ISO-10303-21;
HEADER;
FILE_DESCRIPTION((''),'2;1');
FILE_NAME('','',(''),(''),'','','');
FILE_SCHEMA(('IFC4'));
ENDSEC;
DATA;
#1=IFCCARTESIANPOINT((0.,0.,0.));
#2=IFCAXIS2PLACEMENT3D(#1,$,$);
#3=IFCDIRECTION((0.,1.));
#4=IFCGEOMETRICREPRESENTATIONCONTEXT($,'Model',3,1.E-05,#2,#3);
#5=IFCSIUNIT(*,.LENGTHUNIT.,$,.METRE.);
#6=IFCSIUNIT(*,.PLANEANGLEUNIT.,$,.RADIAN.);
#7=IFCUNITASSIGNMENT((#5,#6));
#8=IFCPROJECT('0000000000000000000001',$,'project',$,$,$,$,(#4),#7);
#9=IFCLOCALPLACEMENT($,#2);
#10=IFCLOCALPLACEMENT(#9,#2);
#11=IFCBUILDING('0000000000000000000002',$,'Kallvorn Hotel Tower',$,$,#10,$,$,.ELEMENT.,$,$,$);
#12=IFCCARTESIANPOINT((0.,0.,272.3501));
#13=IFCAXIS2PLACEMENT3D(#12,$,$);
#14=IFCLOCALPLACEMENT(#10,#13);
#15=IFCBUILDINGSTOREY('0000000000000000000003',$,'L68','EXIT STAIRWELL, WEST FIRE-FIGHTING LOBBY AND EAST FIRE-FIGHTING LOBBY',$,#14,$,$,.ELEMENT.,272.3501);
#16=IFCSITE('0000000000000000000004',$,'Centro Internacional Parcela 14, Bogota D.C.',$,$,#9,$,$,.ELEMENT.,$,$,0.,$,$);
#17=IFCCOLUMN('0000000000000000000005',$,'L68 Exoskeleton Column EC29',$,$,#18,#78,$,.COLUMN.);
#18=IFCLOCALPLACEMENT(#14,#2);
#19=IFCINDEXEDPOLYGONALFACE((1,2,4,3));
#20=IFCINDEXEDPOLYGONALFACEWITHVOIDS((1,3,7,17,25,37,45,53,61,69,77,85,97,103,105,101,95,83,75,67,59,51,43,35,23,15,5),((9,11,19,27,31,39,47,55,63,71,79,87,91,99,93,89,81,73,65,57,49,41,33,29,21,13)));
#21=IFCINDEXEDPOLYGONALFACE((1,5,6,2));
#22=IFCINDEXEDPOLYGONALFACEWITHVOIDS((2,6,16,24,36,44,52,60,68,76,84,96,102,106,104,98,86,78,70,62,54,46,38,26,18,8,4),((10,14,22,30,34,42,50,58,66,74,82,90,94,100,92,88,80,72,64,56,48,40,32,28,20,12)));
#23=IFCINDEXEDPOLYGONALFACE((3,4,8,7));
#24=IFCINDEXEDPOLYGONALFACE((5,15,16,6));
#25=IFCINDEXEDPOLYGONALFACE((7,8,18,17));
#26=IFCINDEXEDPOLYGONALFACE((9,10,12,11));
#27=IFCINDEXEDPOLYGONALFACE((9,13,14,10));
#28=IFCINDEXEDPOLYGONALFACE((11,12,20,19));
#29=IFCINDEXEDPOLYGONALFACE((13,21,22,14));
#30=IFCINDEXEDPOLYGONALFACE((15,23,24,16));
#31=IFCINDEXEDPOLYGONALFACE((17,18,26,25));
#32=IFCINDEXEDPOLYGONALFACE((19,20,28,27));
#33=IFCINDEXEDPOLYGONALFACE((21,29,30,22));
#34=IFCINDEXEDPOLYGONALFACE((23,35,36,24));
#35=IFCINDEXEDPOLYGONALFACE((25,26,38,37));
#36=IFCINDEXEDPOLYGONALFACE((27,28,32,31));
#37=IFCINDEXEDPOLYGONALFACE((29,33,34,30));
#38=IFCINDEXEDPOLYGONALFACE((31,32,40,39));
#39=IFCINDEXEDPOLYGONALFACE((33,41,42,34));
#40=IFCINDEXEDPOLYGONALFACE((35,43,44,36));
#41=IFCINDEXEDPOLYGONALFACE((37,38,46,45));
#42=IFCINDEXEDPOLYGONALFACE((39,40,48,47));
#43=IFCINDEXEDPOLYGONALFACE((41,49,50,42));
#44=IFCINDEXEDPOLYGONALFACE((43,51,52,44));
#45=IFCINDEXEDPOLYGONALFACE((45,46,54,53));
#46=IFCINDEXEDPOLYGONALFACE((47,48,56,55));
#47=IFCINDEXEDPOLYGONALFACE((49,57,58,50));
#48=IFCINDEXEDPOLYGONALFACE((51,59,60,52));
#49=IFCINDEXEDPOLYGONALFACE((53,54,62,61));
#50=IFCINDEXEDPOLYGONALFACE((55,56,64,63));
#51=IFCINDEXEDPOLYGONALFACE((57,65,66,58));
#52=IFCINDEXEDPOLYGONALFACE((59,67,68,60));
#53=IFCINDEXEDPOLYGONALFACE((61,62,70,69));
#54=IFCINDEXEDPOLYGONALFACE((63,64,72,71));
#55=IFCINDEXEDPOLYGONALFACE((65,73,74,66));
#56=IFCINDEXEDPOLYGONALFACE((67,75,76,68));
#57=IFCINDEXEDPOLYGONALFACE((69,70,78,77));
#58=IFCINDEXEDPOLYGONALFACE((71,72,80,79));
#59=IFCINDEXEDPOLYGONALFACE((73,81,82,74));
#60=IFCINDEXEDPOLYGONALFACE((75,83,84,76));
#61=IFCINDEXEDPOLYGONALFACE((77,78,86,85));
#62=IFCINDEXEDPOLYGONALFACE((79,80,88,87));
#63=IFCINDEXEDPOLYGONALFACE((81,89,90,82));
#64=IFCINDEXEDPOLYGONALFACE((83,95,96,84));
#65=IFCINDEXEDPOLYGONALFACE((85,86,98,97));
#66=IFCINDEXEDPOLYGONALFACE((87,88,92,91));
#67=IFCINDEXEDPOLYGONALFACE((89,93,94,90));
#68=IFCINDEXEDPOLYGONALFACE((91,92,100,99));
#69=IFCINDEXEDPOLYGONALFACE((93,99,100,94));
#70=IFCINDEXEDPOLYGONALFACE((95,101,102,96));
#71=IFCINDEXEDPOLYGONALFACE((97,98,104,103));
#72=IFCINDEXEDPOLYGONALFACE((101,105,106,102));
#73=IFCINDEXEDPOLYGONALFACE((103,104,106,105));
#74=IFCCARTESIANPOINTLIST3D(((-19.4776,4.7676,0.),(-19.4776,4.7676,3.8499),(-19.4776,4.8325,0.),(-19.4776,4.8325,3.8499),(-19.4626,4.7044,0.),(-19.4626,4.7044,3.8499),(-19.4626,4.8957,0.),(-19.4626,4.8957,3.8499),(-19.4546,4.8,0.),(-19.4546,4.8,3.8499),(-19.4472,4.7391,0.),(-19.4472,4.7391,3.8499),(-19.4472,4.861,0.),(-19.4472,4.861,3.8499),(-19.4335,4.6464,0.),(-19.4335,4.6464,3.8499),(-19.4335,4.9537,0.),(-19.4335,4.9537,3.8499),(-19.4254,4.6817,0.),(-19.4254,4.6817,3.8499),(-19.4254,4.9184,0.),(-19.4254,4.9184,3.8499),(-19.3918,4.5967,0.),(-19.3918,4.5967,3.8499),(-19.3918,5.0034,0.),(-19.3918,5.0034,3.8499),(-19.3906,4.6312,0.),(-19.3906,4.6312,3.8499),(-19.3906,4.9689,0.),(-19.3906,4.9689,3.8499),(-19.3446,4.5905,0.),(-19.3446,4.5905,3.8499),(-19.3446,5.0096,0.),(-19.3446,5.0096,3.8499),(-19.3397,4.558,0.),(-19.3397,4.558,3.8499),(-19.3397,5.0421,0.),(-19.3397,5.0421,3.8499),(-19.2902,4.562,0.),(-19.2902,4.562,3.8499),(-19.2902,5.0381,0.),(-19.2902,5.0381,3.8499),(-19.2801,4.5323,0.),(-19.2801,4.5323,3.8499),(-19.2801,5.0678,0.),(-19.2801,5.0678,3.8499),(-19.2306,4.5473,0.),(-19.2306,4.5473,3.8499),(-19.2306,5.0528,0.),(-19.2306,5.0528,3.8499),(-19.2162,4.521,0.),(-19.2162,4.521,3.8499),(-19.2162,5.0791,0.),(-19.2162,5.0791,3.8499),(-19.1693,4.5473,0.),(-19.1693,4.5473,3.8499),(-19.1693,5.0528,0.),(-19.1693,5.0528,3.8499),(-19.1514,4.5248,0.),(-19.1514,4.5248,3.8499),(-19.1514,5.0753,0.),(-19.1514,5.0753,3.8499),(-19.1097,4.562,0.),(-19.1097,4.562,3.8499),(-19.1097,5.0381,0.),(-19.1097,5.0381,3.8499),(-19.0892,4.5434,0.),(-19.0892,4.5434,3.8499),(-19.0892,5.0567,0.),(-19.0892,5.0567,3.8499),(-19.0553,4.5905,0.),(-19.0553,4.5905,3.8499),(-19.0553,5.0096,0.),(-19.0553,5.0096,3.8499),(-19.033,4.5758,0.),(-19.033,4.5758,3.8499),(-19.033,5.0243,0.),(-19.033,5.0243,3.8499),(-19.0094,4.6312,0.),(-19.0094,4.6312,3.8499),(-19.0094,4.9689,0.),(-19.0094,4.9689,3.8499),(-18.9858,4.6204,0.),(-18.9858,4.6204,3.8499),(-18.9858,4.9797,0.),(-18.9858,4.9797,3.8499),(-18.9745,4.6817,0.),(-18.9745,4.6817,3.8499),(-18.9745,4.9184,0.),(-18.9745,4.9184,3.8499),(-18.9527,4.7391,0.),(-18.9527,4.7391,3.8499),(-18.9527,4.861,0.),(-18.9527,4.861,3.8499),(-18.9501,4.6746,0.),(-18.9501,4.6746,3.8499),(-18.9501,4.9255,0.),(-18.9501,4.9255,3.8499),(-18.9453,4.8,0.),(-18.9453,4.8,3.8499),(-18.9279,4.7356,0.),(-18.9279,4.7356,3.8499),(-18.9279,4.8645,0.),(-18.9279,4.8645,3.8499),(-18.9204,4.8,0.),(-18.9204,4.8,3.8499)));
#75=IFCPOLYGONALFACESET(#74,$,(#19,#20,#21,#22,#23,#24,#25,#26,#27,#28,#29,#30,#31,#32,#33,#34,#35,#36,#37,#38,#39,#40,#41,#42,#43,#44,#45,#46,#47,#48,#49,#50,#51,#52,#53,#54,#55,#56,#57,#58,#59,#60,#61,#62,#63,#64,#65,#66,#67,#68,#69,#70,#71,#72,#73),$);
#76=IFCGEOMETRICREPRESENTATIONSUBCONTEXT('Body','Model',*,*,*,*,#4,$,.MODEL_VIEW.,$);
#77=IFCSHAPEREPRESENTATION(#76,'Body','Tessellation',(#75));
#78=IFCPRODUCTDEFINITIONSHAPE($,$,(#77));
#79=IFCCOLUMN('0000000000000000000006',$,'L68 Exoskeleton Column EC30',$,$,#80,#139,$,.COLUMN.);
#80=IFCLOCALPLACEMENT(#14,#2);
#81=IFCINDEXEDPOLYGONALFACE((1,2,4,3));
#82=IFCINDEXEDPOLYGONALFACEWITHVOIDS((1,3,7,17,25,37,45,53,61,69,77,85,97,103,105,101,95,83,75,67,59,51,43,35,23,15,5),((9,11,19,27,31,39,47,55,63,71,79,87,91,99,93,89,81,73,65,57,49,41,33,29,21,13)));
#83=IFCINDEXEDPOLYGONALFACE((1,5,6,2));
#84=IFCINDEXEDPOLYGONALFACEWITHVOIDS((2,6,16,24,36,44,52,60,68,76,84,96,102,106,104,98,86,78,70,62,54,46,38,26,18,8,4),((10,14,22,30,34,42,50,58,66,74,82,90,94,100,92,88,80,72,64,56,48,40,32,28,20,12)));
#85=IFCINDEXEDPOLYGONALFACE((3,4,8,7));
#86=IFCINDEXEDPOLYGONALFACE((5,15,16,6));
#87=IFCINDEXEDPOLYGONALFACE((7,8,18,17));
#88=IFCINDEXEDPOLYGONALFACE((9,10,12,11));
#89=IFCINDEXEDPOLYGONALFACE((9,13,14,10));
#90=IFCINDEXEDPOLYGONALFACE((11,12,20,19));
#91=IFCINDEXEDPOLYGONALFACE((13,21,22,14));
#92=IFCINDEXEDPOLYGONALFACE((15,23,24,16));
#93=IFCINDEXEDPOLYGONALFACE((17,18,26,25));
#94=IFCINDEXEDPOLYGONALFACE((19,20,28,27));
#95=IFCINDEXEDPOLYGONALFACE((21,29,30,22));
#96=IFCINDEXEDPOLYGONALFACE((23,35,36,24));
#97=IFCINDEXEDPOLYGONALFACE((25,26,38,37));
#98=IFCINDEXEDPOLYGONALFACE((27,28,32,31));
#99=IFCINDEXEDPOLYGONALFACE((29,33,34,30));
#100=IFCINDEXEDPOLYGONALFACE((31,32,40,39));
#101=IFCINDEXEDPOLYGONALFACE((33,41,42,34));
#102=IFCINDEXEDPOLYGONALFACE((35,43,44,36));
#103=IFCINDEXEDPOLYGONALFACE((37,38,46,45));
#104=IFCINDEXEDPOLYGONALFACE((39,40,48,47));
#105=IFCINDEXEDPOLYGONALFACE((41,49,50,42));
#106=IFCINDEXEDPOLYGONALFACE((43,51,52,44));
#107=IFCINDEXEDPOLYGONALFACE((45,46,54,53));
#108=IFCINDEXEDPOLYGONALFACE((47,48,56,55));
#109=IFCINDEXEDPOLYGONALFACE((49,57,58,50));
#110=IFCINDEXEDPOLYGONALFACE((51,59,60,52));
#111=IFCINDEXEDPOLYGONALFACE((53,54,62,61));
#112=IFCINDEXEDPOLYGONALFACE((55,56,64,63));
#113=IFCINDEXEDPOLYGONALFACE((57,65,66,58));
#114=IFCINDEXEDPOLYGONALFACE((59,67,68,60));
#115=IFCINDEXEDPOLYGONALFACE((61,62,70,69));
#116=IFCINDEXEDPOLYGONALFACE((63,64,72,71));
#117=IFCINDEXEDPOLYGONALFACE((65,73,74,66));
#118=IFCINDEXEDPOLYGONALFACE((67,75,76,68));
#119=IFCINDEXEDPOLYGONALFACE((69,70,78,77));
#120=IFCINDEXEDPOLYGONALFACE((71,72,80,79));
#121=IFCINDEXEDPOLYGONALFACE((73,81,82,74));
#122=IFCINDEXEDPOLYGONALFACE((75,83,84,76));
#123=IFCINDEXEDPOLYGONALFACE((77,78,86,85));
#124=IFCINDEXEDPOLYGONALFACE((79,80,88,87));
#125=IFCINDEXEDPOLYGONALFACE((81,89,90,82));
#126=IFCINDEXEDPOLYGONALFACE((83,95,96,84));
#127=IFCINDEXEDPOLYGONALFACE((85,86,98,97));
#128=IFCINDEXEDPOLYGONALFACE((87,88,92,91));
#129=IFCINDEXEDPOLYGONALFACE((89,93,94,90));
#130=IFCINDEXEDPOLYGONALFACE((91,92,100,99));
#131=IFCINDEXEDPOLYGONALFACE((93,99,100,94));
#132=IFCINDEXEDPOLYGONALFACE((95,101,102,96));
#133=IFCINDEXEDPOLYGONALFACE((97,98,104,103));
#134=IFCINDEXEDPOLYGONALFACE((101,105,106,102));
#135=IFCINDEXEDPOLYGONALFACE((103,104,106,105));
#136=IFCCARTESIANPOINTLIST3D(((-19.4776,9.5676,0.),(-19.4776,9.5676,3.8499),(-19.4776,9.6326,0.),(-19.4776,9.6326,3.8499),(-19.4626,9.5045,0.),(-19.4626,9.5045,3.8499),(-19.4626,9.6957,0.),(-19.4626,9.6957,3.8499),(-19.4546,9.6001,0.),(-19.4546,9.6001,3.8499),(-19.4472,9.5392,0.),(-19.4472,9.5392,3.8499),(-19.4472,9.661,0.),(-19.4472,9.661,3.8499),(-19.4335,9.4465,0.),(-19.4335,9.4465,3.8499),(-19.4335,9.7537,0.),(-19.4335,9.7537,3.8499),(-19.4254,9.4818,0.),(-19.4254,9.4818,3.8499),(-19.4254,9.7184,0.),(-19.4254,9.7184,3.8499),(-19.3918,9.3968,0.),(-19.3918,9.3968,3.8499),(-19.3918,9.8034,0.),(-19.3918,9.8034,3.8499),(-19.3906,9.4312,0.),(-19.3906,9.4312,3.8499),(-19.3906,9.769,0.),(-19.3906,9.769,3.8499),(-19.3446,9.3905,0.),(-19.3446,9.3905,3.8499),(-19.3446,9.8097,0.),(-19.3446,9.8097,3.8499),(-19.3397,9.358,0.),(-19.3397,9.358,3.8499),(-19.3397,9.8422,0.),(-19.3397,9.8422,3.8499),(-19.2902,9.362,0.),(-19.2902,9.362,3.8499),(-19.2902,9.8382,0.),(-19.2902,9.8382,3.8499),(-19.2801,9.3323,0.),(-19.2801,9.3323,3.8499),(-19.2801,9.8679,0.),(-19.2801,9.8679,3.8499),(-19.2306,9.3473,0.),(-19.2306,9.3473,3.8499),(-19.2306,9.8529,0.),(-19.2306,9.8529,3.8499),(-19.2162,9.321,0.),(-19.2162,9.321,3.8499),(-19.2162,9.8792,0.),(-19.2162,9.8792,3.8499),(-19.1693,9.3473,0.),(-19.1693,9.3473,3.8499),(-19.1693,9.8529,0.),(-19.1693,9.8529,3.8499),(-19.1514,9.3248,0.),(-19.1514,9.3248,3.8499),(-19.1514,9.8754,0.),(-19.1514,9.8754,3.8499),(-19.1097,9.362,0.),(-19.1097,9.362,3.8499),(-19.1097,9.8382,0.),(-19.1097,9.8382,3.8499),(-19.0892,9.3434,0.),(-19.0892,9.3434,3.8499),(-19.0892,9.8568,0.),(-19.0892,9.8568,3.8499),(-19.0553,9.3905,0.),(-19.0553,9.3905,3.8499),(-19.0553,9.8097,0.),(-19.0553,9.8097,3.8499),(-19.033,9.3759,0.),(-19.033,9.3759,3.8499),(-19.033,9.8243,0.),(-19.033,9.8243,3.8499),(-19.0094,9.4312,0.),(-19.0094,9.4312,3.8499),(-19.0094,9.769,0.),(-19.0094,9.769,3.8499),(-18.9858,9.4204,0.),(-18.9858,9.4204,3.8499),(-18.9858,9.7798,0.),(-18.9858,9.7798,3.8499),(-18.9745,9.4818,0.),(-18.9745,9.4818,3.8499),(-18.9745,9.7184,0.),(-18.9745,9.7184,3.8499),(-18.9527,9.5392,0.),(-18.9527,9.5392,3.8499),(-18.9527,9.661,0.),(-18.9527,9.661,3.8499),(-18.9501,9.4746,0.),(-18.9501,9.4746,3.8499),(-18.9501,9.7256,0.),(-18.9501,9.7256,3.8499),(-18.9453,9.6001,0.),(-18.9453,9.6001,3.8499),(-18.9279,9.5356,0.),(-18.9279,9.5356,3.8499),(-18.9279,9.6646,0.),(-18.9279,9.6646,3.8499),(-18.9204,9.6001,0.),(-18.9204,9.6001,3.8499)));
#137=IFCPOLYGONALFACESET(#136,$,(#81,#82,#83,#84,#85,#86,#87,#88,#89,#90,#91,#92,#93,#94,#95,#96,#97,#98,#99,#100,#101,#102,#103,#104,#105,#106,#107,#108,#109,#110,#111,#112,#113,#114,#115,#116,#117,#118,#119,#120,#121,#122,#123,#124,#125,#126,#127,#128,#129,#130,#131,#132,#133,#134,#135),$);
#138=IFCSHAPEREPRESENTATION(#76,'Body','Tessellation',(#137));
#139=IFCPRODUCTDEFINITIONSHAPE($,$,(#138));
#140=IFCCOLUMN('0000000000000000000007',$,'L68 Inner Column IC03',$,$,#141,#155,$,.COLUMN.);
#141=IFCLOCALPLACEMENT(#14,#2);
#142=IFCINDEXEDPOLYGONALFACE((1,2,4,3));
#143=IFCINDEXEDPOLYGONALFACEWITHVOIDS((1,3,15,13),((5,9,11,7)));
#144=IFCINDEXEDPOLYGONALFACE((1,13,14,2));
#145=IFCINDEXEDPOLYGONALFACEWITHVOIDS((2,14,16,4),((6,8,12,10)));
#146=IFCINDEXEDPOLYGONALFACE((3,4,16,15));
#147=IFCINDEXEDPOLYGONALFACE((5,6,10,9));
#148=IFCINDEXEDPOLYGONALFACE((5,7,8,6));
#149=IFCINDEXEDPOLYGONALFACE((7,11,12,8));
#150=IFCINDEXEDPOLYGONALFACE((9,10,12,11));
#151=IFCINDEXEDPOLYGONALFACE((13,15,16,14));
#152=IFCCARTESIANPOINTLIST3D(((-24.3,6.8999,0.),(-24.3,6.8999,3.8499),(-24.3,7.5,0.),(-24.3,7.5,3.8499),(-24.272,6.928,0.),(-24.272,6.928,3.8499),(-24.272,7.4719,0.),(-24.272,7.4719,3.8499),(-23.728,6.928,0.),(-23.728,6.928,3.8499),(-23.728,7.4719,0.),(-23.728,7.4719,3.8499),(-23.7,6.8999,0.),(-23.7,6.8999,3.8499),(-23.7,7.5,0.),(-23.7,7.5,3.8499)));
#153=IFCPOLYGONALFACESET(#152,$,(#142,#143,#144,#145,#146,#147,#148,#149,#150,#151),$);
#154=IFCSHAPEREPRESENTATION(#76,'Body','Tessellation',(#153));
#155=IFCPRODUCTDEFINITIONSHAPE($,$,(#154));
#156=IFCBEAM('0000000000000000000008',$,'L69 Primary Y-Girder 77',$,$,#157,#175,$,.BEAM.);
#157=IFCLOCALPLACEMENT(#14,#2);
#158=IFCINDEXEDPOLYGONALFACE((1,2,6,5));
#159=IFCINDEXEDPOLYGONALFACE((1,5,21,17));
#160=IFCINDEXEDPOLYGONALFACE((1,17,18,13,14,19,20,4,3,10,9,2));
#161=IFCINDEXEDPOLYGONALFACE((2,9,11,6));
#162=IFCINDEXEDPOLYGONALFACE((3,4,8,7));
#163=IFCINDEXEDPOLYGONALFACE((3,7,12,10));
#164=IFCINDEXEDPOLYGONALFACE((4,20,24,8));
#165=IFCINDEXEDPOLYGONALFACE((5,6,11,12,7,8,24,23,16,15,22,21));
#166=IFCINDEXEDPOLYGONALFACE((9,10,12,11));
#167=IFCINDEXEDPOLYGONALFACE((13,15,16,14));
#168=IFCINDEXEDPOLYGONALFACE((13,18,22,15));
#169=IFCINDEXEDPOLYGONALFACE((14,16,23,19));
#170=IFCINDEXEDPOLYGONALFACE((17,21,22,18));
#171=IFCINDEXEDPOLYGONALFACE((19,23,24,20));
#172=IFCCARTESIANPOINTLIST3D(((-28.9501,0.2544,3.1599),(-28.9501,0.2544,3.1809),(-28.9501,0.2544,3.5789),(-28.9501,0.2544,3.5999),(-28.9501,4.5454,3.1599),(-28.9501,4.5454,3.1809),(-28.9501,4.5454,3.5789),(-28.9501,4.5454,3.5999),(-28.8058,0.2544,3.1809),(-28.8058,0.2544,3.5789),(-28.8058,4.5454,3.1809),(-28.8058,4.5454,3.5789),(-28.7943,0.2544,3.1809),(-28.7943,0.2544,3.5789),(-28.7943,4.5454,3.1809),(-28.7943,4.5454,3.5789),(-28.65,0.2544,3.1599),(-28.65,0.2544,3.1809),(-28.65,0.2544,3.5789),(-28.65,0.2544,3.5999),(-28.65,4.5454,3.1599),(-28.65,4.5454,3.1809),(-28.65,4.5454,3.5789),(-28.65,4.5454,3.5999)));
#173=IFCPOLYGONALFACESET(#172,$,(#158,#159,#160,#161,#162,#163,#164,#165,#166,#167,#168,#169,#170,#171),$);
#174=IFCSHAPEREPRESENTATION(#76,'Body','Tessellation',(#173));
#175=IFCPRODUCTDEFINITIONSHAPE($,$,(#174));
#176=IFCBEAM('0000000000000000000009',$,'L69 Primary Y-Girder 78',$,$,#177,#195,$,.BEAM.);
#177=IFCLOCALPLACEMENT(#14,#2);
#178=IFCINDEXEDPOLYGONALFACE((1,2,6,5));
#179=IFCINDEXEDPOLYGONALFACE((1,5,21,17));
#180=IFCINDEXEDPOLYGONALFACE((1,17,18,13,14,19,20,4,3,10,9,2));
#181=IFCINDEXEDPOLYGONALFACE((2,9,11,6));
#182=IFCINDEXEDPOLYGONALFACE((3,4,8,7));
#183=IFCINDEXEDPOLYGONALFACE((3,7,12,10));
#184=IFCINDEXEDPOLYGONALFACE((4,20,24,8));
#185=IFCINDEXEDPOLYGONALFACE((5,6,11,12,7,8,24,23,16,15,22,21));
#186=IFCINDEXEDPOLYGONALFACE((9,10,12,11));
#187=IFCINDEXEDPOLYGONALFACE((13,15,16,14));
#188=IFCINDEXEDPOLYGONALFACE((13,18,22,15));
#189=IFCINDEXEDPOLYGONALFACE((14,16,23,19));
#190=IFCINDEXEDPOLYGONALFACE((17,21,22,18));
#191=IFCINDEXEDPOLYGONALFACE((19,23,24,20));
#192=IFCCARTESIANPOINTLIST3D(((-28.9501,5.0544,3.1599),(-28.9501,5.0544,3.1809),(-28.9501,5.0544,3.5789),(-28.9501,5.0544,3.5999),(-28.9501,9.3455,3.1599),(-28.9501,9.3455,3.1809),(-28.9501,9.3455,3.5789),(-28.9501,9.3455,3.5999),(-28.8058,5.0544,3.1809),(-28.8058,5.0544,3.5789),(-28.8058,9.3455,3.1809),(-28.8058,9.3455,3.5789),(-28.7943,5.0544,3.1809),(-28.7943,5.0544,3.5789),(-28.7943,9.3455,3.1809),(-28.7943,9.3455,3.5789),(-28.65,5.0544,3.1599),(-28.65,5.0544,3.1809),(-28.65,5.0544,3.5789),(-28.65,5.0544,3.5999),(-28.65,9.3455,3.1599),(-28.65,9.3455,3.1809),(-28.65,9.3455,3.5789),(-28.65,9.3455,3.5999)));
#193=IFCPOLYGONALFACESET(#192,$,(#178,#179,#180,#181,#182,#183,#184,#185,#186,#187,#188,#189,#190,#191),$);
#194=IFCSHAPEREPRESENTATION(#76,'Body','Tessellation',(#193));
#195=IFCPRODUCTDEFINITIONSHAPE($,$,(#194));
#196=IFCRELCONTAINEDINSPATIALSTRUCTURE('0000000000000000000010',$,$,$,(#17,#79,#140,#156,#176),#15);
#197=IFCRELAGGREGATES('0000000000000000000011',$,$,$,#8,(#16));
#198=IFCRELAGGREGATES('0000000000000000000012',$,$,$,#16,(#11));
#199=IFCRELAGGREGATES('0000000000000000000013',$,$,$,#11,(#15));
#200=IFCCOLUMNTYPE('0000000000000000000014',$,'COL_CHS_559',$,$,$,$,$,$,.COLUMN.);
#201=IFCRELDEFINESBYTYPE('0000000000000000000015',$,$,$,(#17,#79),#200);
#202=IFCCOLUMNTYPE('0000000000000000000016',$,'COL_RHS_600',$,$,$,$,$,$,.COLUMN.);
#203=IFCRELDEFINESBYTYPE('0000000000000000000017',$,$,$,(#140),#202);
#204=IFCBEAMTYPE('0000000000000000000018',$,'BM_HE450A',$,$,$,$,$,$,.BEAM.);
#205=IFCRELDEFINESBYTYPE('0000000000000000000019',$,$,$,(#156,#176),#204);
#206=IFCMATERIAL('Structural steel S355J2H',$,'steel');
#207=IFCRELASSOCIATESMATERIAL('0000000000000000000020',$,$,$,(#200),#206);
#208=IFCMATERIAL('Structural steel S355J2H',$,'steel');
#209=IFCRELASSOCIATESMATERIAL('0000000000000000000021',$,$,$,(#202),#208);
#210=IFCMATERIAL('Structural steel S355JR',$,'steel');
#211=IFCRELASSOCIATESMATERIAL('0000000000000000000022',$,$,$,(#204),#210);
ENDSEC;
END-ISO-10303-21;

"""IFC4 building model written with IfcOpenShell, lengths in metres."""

from ifc_helpers import new_model, si_unit, direction, frame, origin, origin_2d, place, context, subcontext, project, spatial, hollow_rectangle, hollow_circle, i_section, extrude, material, material_profile, profile_set, type_object, element, save


model = new_model("IFC4")

# Units and contexts
model_context = context("Model", 3, precision=1e-05, world=origin(), true_north=direction((0.0, 1.0)))
body_context = subcontext(model_context, "Body", "Model", "MODEL_VIEW")
ifc_project = project(units=[si_unit("LENGTHUNIT", "METRE"), si_unit("PLANEANGLEUNIT", "RADIAN")], contexts=[model_context])

# Site, building, storey
site_placement = place(None, origin())
site = spatial("IfcSite", under=ifc_project, at=site_placement, Name="Centro Internacional Parcela 14, Bogota D.C.", CompositionType="ELEMENT", RefElevation=0.0)
building_placement = place(site_placement, origin())
building = spatial("IfcBuilding", under=site, at=building_placement, Name="Kallvorn Hotel Tower", CompositionType="ELEMENT")
storey_placement = place(building_placement, frame((0.0, 0.0, 272.3501)))
storey = spatial("IfcBuildingStorey", under=building, at=storey_placement, Name="L68", Description="EXIT STAIRWELL, WEST FIRE-FIGHTING LOBBY AND EAST FIRE-FIGHTING LOBBY", CompositionType="ELEMENT", Elevation=272.3501)

# Columns
ifc_material_1 = material(Name="Structural steel S355J2H", Category="steel")
ifc_material_profile_1 = material_profile(ifc_material_1, hollow_circle(Radius=0.2795, WallThickness=0.0249, at=origin_2d()), Name="CHS 559x25")
ifc_profile_set_1 = profile_set([ifc_material_profile_1], Name="Structural steel S355J2H")
column_type_1 = type_object("IfcColumnType", Name="COL_CHS_559", PredefinedType="COLUMN", material=ifc_profile_set_1)
for number, where, z_axis, x_axis, name in (
    (1, (-19.2, 4.8, 0.0), (0.0, 0.0, 1.0), (1.0, 0.0, 0.0), "L68 Exoskeleton Column EC29"),
    (2, (-19.2, 9.6001, 0.0), (0.0, 0.0, 1.0), (1.0, 0.0, 0.0), "L68 Exoskeleton Column EC30"),
):
    element("IfcColumn", number, at=place(storey_placement, frame(where, z_axis=z_axis, x_axis=x_axis)), inside=storey, type_object=column_type_1, Name=name, PredefinedType="COLUMN", context=body_context, shape_type="SweptSolid", body=[
        extrude(hollow_circle(Radius=0.2795, WallThickness=0.0249, at=origin_2d()), origin(), (0.0, 0.0, 1.0), 3.8499),
    ])
ifc_material_2 = material(Name="Structural steel S355J2H", Category="steel")
ifc_material_profile_2 = material_profile(ifc_material_2, hollow_rectangle(XDim=0.6001, YDim=0.6001, WallThickness=0.0281, at=origin_2d()), Name="RHS 600x600x28")
ifc_profile_set_2 = profile_set([ifc_material_profile_2], Name="Structural steel S355J2H")
column_type_2 = type_object("IfcColumnType", Name="COL_RHS_600", PredefinedType="COLUMN", material=ifc_profile_set_2)
column_placement = place(storey_placement, frame((-24.0, 7.2, 0.0), z_axis=(0.0, 0.0, 1.0), x_axis=(1.0, 0.0, 0.0)))
element("IfcColumn", 3, at=column_placement, inside=storey, type_object=column_type_2, Name="L68 Inner Column IC03", PredefinedType="COLUMN", context=body_context, shape_type="SweptSolid", body=[
    extrude(hollow_rectangle(XDim=0.6001, YDim=0.6001, WallThickness=0.0281, at=origin_2d()), origin(), (0.0, 0.0, 1.0), 3.8499),
])

# Beams
ifc_material_3 = material(Name="Structural steel S355JR", Category="steel")
ifc_material_profile_3 = material_profile(ifc_material_3, i_section(OverallWidth=0.3, OverallDepth=0.4399, WebThickness=0.0115, FlangeThickness=0.021, at=origin_2d()), Name="HE 450 A")
ifc_profile_set_3 = profile_set([ifc_material_profile_3], Name="Structural steel S355JR")
beam_type_1 = type_object("IfcBeamType", Name="BM_HE450A", PredefinedType="BEAM", material=ifc_profile_set_3)
for number, where, z_axis, x_axis, name in (
    (4, (-28.8, 0.2544, 3.3799), (0.0, 1.0, 0.0), (-1.0, 0.0, 0.0), "L69 Primary Y-Girder 77"),
    (5, (-28.8, 5.0544, 3.3799), (0.0, 1.0, 0.0), (-1.0, 0.0, 0.0), "L69 Primary Y-Girder 78"),
):
    element("IfcBeam", number, at=place(storey_placement, frame(where, z_axis=z_axis, x_axis=x_axis)), inside=storey, type_object=beam_type_1, Name=name, PredefinedType="BEAM", context=body_context, shape_type="SweptSolid", body=[
        extrude(i_section(OverallWidth=0.3, OverallDepth=0.4399, WebThickness=0.0115, FlangeThickness=0.021, at=origin_2d()), origin(), (0.0, 0.0, 1.0), 4.291),
    ])

save(model, "model.ifc")
